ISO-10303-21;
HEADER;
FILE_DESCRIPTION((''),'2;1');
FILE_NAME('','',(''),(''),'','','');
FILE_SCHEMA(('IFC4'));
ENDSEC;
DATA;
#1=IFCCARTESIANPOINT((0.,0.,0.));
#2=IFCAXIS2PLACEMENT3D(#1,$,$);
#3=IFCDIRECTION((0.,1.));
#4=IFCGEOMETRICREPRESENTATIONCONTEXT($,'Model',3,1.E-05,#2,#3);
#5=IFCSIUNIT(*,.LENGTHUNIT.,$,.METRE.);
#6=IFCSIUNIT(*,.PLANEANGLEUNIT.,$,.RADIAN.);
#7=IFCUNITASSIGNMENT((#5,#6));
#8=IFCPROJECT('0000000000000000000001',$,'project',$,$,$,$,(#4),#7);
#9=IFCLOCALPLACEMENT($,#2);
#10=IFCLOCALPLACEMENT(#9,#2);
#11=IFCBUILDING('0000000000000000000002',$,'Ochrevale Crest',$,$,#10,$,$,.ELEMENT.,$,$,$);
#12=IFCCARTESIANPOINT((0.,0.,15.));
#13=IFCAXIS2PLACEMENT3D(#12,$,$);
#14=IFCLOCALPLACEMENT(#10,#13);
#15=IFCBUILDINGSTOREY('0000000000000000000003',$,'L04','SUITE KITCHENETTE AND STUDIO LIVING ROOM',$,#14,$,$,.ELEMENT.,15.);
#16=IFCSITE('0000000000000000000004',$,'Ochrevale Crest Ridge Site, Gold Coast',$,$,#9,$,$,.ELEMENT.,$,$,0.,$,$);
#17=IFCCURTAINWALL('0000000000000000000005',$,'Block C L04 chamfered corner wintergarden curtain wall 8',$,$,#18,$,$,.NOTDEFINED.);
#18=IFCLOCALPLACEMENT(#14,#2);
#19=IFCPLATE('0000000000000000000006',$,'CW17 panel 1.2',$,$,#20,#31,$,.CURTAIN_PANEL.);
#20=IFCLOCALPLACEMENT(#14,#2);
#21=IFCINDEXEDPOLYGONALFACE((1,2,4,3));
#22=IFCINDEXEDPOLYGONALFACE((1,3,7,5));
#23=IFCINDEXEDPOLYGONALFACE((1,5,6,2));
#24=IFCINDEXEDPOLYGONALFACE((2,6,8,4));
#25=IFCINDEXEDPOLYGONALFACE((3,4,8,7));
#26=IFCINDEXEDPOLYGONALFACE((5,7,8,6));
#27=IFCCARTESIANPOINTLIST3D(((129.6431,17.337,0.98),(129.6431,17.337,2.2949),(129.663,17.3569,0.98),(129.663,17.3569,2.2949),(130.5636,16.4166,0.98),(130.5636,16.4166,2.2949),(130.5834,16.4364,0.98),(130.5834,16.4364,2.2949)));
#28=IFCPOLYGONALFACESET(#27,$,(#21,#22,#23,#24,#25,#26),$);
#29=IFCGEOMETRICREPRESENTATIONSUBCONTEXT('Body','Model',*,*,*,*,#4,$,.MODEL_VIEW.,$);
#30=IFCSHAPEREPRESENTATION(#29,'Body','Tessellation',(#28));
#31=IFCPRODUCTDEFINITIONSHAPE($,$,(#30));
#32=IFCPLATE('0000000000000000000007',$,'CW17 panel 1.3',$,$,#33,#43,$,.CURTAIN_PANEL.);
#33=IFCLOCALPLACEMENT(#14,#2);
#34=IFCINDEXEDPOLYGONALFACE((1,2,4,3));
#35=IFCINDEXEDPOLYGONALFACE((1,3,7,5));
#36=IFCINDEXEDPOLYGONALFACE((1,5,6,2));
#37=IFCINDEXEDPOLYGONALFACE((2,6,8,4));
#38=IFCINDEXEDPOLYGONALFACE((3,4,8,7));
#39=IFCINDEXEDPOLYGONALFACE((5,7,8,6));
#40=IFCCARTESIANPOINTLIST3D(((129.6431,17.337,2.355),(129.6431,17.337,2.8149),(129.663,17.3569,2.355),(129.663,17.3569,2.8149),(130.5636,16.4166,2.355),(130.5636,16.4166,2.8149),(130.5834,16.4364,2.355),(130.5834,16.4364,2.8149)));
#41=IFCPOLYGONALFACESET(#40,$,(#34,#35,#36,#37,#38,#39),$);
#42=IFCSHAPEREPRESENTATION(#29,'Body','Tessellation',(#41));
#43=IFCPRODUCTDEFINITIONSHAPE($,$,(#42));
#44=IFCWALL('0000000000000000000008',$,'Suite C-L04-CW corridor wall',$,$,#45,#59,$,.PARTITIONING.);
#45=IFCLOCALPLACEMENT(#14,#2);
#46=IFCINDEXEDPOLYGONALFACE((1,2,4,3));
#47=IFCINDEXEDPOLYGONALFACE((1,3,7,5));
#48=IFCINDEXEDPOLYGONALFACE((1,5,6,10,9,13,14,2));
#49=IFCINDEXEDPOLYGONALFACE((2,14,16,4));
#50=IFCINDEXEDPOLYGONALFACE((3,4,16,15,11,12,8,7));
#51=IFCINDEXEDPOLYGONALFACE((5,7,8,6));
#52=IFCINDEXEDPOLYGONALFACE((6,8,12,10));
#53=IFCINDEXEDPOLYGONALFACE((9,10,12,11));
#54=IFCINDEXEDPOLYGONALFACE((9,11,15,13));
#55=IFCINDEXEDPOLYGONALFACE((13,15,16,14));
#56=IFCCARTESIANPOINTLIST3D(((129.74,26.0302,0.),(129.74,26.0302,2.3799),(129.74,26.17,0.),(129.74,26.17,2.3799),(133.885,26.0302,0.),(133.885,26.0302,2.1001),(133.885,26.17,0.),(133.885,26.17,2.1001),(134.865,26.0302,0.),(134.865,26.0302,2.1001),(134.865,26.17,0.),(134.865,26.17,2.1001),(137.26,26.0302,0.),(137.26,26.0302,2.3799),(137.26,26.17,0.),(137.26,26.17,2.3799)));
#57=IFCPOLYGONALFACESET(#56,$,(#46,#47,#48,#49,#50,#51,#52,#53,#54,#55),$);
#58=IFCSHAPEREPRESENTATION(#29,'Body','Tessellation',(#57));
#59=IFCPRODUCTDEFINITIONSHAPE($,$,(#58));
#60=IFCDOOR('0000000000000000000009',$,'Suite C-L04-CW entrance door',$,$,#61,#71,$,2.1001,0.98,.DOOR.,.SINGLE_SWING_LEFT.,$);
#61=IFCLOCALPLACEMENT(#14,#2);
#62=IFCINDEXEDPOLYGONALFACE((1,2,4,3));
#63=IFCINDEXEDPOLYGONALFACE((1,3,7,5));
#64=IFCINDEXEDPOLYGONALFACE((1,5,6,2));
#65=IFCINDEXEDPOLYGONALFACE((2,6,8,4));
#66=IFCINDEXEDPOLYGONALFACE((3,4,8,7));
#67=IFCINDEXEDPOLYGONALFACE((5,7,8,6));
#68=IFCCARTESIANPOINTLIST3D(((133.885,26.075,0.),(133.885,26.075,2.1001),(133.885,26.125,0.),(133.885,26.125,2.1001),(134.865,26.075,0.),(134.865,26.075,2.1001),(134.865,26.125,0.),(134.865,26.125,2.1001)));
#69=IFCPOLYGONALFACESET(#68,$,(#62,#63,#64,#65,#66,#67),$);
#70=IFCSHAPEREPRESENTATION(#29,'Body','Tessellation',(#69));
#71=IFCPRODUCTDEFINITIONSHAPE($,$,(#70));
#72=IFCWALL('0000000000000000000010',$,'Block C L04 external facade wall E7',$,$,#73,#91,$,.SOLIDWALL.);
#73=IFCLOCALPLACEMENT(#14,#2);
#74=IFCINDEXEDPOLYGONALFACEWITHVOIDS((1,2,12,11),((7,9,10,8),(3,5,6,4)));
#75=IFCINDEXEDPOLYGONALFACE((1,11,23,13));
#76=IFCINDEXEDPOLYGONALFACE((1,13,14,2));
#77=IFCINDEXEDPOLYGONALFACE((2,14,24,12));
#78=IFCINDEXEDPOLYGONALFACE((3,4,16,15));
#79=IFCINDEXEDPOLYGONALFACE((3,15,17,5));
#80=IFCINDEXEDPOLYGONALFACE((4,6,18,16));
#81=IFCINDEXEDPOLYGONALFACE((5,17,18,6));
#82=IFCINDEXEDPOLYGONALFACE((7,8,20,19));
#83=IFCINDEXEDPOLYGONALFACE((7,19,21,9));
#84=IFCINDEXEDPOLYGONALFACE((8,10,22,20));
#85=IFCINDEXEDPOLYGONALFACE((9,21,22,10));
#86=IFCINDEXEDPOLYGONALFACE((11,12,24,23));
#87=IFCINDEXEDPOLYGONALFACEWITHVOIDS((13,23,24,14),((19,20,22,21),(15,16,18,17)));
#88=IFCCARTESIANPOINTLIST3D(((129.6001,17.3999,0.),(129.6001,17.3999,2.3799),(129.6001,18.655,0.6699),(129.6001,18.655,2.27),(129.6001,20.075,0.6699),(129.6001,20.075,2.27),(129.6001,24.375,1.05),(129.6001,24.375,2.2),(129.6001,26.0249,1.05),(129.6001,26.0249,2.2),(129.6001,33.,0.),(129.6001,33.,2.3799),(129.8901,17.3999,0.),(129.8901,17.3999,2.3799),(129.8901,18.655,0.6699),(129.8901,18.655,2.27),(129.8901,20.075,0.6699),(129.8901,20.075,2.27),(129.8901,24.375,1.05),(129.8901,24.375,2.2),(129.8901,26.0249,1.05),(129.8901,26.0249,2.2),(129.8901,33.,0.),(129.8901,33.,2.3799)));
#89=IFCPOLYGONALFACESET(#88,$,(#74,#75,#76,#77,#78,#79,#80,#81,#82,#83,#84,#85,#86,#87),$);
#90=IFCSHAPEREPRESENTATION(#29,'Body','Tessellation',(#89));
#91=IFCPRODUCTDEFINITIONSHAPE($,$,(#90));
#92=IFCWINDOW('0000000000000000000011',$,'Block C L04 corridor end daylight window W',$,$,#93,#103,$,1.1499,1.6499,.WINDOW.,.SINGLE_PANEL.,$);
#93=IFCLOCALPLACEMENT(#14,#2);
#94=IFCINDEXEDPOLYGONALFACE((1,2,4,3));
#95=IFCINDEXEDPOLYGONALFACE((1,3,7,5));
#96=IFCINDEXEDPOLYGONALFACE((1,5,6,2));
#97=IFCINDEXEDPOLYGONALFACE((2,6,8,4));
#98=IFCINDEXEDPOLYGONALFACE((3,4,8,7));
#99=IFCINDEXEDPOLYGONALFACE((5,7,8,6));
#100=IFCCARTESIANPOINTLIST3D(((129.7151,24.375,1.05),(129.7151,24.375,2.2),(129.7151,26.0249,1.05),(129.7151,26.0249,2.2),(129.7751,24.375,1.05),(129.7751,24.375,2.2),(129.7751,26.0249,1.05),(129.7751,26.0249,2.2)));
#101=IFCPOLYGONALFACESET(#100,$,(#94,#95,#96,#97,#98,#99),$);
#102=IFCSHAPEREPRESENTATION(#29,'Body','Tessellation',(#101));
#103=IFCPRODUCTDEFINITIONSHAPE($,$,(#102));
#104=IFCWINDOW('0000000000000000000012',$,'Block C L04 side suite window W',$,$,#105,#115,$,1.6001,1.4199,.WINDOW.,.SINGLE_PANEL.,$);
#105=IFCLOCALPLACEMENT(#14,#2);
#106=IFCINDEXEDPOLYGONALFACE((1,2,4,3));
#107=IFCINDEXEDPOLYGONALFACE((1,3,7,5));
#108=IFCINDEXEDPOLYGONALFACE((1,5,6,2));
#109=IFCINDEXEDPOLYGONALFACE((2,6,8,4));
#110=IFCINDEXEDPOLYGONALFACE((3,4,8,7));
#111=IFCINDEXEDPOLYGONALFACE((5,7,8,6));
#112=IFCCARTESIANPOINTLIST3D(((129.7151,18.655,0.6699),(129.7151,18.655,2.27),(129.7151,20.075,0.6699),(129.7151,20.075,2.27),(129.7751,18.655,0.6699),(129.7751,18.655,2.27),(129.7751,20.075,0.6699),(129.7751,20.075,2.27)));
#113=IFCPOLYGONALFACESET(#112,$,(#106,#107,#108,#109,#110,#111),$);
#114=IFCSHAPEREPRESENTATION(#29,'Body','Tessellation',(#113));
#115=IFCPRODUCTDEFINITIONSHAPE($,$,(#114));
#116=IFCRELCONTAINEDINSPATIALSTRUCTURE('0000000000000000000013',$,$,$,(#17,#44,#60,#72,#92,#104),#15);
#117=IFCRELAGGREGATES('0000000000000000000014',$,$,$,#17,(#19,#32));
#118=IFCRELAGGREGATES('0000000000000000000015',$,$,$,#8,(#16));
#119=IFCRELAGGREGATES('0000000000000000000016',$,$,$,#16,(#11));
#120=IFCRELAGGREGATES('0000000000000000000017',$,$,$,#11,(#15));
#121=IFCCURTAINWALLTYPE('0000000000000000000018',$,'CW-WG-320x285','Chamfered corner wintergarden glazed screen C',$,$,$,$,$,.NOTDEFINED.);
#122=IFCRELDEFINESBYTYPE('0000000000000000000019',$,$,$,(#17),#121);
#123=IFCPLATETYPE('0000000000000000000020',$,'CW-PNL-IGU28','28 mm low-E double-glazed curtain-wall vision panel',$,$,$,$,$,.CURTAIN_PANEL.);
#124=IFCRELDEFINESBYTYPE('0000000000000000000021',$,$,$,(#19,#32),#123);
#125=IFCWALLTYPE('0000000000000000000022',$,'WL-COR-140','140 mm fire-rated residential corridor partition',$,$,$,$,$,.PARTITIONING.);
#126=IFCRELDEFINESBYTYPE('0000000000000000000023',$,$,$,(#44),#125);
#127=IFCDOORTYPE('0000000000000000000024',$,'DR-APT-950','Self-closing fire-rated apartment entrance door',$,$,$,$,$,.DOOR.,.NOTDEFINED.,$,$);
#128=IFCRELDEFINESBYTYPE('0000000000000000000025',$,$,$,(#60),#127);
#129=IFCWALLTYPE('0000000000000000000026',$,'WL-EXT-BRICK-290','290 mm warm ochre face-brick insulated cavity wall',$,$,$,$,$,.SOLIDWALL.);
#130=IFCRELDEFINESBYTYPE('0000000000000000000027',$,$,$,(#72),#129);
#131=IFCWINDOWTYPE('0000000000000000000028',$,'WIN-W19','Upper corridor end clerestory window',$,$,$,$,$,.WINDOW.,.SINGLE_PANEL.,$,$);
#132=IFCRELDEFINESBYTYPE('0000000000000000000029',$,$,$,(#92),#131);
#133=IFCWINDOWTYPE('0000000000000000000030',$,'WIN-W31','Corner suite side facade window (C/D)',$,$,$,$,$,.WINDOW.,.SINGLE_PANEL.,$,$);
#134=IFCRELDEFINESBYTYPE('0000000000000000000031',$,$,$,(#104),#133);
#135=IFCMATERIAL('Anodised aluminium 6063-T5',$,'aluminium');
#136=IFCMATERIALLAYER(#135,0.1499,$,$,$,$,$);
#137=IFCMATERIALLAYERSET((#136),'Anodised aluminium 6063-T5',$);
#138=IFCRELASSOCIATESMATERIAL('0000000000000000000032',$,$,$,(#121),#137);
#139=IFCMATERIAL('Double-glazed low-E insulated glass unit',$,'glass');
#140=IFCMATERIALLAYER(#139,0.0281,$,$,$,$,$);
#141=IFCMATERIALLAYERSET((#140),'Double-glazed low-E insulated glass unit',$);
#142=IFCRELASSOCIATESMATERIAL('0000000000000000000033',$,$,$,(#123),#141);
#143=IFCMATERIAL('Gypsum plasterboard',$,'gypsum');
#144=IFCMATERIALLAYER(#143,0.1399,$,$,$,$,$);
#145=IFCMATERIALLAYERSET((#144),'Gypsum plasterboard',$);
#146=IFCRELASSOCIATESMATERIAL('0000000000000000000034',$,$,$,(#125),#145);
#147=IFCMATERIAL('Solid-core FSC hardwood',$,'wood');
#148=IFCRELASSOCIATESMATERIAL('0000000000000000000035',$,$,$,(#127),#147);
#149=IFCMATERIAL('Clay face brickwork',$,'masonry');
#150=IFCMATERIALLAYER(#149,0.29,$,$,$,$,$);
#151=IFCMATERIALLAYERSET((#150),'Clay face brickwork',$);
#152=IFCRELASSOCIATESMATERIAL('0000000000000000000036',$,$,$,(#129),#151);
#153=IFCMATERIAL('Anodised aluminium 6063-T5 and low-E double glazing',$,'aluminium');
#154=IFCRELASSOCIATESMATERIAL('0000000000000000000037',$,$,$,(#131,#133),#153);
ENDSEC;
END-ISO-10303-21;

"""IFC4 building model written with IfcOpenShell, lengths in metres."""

from ifc_helpers import new_model, si_unit, direction, frame, frame_2d, origin, origin_2d, place, context, subcontext, project, spatial, rectangle, extrude, material, layer, layer_set, type_object, element, fill, aggregate, save


model = new_model("IFC4")

# Units and contexts
model_context = context("Model", 3, precision=1e-05, world=origin(), true_north=direction((0.0, 1.0)))
body_context = subcontext(model_context, "Body", "Model", "MODEL_VIEW")
ifc_project = project(units=[si_unit("LENGTHUNIT", "METRE"), si_unit("PLANEANGLEUNIT", "RADIAN")], contexts=[model_context])

# Site, building, storey
site_placement = place(None, origin())
site = spatial("IfcSite", under=ifc_project, at=site_placement, Name="Ochrevale Crest Ridge Site, Gold Coast", CompositionType="ELEMENT", RefElevation=0.0)
building_placement = place(site_placement, origin())
building = spatial("IfcBuilding", under=site, at=building_placement, Name="Ochrevale Crest", CompositionType="ELEMENT")
storey_placement = place(building_placement, frame((0.0, 0.0, 15.0)))
storey = spatial("IfcBuildingStorey", under=building, at=storey_placement, Name="L04", Description="SUITE KITCHENETTE AND STUDIO LIVING ROOM", CompositionType="ELEMENT", Elevation=15.0)

# Curtain wall
ifc_material_1 = material(Name="Anodised aluminium 6063-T5", Category="aluminium")
ifc_layer_1 = layer(ifc_material_1, 0.1499)
ifc_layer_set_1 = layer_set([ifc_layer_1], Name="Anodised aluminium 6063-T5")
curtain_wall_type_1 = type_object("IfcCurtainWallType", Name="CW-WG-320x285", Description="Chamfered corner wintergarden glazed screen C", PredefinedType="NOTDEFINED", material=ifc_layer_set_1)
curtain_wall_1_placement = place(storey_placement, origin())
curtain_wall_1 = element("IfcCurtainWall", 1, at=curtain_wall_1_placement, inside=storey, type_object=curtain_wall_type_1, Name="Block C L04 chamfered corner wintergarden curtain wall 8", PredefinedType="NOTDEFINED")

# Plates
ifc_material_2 = material(Name="Double-glazed low-E insulated glass unit", Category="glass")
ifc_layer_2 = layer(ifc_material_2, 0.0281)
ifc_layer_set_2 = layer_set([ifc_layer_2], Name="Double-glazed low-E insulated glass unit")
plate_type = type_object("IfcPlateType", Name="CW-PNL-IGU28", Description="28 mm low-E double-glazed curtain-wall vision panel", PredefinedType="CURTAIN_PANEL", material=ifc_layer_set_2)
plate_1_placement = place(storey_placement, frame((130.1133, 16.8867, 0.98), z_axis=(0.0, 0.0, 1.0), x_axis=(0.707107, -0.707107, 0.0)))
plate_1 = element("IfcPlate", 2, at=plate_1_placement, type_object=plate_type, Name="CW17 panel 1.2", PredefinedType="CURTAIN_PANEL", context=body_context, shape_type="SweptSolid", body=[
    extrude(rectangle(XDim=1.3018, YDim=0.0281, at=origin_2d()), origin(), (0.0, 0.0, 1.0), 1.3149),
])
plate_2_placement = place(storey_placement, frame((130.1133, 16.8867, 2.355), z_axis=(0.0, 0.0, 1.0), x_axis=(0.707107, -0.707107, 0.0)))
plate_2 = element("IfcPlate", 3, at=plate_2_placement, type_object=plate_type, Name="CW17 panel 1.3", PredefinedType="CURTAIN_PANEL", context=body_context, shape_type="SweptSolid", body=[
    extrude(rectangle(XDim=1.3018, YDim=0.0281, at=origin_2d()), origin(), (0.0, 0.0, 1.0), 0.46),
])
aggregate(curtain_wall_1, [plate_1, plate_2])

# Wall, opening, door
ifc_material_3 = material(Name="Gypsum plasterboard", Category="gypsum")
ifc_layer_3 = layer(ifc_material_3, 0.1399)
ifc_layer_set_3 = layer_set([ifc_layer_3], Name="Gypsum plasterboard")
wall_type_1 = type_object("IfcWallType", Name="WL-COR-140", Description="140 mm fire-rated residential corridor partition", PredefinedType="PARTITIONING", material=ifc_layer_set_3)
wall_1_placement = place(storey_placement, frame((129.74, 26.1001, 0.0), z_axis=(0.0, 0.0, 1.0), x_axis=(1.0, 0.0, 0.0)))
wall_1 = element("IfcWall", 4, at=wall_1_placement, inside=storey, type_object=wall_type_1, Name="Suite C-L04-CW corridor wall", PredefinedType="PARTITIONING", context=body_context, shape_type="SweptSolid", body=[
    extrude(rectangle(XDim=7.52, YDim=0.1399, at=frame_2d((3.76, 0.0))), origin(), (0.0, 0.0, 1.0), 2.3799),
])
opening_1_placement = place(wall_1_placement, frame((4.145, 0.0, 0.0)))
opening_1 = element("IfcOpeningElement", 5, at=opening_1_placement, cuts=wall_1, PredefinedType="OPENING", context=body_context, shape_type="SweptSolid", body=[
    extrude(rectangle(XDim=0.98, YDim=2.1001, at=frame_2d((0.49, 1.05))), frame((0.0, 0.0801, 0.0), z_axis=(0.0, -1.0, 0.0), x_axis=(1.0, 0.0, 0.0)), (0.0, 0.0, 1.0), 0.1599),
])
ifc_material_4 = material(Name="Solid-core FSC hardwood", Category="wood")
door_type_1 = type_object("IfcDoorType", Name="DR-APT-950", Description="Self-closing fire-rated apartment entrance door", OperationType="NOTDEFINED", PredefinedType="DOOR", material=ifc_material_4)
door_1_placement = place(opening_1_placement, origin())
door_1 = element("IfcDoor", 6, at=door_1_placement, inside=storey, type_object=door_type_1, Name="Suite C-L04-CW entrance door", OperationType="SINGLE_SWING_LEFT", OverallHeight=2.1001, OverallWidth=0.98, PredefinedType="DOOR", context=body_context, shape_type="SweptSolid", body=[
    extrude(rectangle(XDim=0.98, YDim=2.1001, at=frame_2d((0.49, 1.05))), frame((0.0, 0.0249, 0.0), z_axis=(0.0, -1.0, 0.0), x_axis=(1.0, 0.0, 0.0)), (0.0, 0.0, 1.0), 0.05),
])
fill(opening_1, door_1)

# Wall, openings, windows
ifc_material_5 = material(Name="Clay face brickwork", Category="masonry")
ifc_layer_4 = layer(ifc_material_5, 0.29)
ifc_layer_set_4 = layer_set([ifc_layer_4], Name="Clay face brickwork")
wall_type_2 = type_object("IfcWallType", Name="WL-EXT-BRICK-290", Description="290 mm warm ochre face-brick insulated cavity wall", PredefinedType="SOLIDWALL", material=ifc_layer_set_4)
wall_2_placement = place(storey_placement, frame((129.7451, 33.0, 0.0), z_axis=(0.0, 0.0, 1.0), x_axis=(0.0, -1.0, 0.0)))
wall_2 = element("IfcWall", 7, at=wall_2_placement, inside=storey, type_object=wall_type_2, Name="Block C L04 external facade wall E7", PredefinedType="SOLIDWALL", context=body_context, shape_type="SweptSolid", body=[
    extrude(rectangle(XDim=15.6001, YDim=0.29, at=frame_2d((7.8, 0.0))), origin(), (0.0, 0.0, 1.0), 2.3799),
])
opening_2_placement = place(wall_2_placement, frame((6.9751, 0.0, 1.05)))
opening_2 = element("IfcOpeningElement", 8, at=opening_2_placement, cuts=wall_2, PredefinedType="OPENING", context=body_context, shape_type="SweptSolid", body=[
    extrude(rectangle(XDim=1.6499, YDim=1.1499, at=frame_2d((0.825, 0.575))), frame((0.0, 0.155, 0.0), z_axis=(0.0, -1.0, 0.0), x_axis=(1.0, 0.0, 0.0)), (0.0, 0.0, 1.0), 0.3101),
])
opening_3_placement = place(wall_2_placement, frame((12.925, 0.0, 0.6699)))
opening_3 = element("IfcOpeningElement", 9, at=opening_3_placement, cuts=wall_2, PredefinedType="OPENING", context=body_context, shape_type="SweptSolid", body=[
    extrude(rectangle(XDim=1.4199, YDim=1.6001, at=frame_2d((0.71, 0.8))), frame((0.0, 0.155, 0.0), z_axis=(0.0, -1.0, 0.0), x_axis=(1.0, 0.0, 0.0)), (0.0, 0.0, 1.0), 0.3101),
])
ifc_material_6 = material(Name="Anodised aluminium 6063-T5 and low-E double glazing", Category="aluminium")
window_type_1 = type_object("IfcWindowType", Name="WIN-W19", Description="Upper corridor end clerestory window", PartitioningType="SINGLE_PANEL", PredefinedType="WINDOW", material=ifc_material_6)
window_1_placement = place(opening_2_placement, origin())
window_1 = element("IfcWindow", 10, at=window_1_placement, inside=storey, type_object=window_type_1, Name="Block C L04 corridor end daylight window W", OverallHeight=1.1499, OverallWidth=1.6499, PartitioningType="SINGLE_PANEL", PredefinedType="WINDOW", context=body_context, shape_type="SweptSolid", body=[
    extrude(rectangle(XDim=1.6499, YDim=1.1499, at=frame_2d((0.825, 0.575))), frame((0.0, 0.03, 0.0), z_axis=(0.0, -1.0, 0.0), x_axis=(1.0, 0.0, 0.0)), (0.0, 0.0, 1.0), 0.0601),
])
fill(opening_2, window_1)
window_type_2 = type_object("IfcWindowType", Name="WIN-W31", Description="Corner suite side facade window (C/D)", PartitioningType="SINGLE_PANEL", PredefinedType="WINDOW", material=ifc_material_6)
window_2_placement = place(opening_3_placement, origin())
window_2 = element("IfcWindow", 11, at=window_2_placement, inside=storey, type_object=window_type_2, Name="Block C L04 side suite window W", OverallHeight=1.6001, OverallWidth=1.4199, PartitioningType="SINGLE_PANEL", PredefinedType="WINDOW", context=body_context, shape_type="SweptSolid", body=[
    extrude(rectangle(XDim=1.4199, YDim=1.6001, at=frame_2d((0.71, 0.8))), frame((0.0, 0.03, 0.0), z_axis=(0.0, -1.0, 0.0), x_axis=(1.0, 0.0, 0.0)), (0.0, 0.0, 1.0), 0.0601),
])
fill(opening_3, window_2)

save(model, "model.ifc")
